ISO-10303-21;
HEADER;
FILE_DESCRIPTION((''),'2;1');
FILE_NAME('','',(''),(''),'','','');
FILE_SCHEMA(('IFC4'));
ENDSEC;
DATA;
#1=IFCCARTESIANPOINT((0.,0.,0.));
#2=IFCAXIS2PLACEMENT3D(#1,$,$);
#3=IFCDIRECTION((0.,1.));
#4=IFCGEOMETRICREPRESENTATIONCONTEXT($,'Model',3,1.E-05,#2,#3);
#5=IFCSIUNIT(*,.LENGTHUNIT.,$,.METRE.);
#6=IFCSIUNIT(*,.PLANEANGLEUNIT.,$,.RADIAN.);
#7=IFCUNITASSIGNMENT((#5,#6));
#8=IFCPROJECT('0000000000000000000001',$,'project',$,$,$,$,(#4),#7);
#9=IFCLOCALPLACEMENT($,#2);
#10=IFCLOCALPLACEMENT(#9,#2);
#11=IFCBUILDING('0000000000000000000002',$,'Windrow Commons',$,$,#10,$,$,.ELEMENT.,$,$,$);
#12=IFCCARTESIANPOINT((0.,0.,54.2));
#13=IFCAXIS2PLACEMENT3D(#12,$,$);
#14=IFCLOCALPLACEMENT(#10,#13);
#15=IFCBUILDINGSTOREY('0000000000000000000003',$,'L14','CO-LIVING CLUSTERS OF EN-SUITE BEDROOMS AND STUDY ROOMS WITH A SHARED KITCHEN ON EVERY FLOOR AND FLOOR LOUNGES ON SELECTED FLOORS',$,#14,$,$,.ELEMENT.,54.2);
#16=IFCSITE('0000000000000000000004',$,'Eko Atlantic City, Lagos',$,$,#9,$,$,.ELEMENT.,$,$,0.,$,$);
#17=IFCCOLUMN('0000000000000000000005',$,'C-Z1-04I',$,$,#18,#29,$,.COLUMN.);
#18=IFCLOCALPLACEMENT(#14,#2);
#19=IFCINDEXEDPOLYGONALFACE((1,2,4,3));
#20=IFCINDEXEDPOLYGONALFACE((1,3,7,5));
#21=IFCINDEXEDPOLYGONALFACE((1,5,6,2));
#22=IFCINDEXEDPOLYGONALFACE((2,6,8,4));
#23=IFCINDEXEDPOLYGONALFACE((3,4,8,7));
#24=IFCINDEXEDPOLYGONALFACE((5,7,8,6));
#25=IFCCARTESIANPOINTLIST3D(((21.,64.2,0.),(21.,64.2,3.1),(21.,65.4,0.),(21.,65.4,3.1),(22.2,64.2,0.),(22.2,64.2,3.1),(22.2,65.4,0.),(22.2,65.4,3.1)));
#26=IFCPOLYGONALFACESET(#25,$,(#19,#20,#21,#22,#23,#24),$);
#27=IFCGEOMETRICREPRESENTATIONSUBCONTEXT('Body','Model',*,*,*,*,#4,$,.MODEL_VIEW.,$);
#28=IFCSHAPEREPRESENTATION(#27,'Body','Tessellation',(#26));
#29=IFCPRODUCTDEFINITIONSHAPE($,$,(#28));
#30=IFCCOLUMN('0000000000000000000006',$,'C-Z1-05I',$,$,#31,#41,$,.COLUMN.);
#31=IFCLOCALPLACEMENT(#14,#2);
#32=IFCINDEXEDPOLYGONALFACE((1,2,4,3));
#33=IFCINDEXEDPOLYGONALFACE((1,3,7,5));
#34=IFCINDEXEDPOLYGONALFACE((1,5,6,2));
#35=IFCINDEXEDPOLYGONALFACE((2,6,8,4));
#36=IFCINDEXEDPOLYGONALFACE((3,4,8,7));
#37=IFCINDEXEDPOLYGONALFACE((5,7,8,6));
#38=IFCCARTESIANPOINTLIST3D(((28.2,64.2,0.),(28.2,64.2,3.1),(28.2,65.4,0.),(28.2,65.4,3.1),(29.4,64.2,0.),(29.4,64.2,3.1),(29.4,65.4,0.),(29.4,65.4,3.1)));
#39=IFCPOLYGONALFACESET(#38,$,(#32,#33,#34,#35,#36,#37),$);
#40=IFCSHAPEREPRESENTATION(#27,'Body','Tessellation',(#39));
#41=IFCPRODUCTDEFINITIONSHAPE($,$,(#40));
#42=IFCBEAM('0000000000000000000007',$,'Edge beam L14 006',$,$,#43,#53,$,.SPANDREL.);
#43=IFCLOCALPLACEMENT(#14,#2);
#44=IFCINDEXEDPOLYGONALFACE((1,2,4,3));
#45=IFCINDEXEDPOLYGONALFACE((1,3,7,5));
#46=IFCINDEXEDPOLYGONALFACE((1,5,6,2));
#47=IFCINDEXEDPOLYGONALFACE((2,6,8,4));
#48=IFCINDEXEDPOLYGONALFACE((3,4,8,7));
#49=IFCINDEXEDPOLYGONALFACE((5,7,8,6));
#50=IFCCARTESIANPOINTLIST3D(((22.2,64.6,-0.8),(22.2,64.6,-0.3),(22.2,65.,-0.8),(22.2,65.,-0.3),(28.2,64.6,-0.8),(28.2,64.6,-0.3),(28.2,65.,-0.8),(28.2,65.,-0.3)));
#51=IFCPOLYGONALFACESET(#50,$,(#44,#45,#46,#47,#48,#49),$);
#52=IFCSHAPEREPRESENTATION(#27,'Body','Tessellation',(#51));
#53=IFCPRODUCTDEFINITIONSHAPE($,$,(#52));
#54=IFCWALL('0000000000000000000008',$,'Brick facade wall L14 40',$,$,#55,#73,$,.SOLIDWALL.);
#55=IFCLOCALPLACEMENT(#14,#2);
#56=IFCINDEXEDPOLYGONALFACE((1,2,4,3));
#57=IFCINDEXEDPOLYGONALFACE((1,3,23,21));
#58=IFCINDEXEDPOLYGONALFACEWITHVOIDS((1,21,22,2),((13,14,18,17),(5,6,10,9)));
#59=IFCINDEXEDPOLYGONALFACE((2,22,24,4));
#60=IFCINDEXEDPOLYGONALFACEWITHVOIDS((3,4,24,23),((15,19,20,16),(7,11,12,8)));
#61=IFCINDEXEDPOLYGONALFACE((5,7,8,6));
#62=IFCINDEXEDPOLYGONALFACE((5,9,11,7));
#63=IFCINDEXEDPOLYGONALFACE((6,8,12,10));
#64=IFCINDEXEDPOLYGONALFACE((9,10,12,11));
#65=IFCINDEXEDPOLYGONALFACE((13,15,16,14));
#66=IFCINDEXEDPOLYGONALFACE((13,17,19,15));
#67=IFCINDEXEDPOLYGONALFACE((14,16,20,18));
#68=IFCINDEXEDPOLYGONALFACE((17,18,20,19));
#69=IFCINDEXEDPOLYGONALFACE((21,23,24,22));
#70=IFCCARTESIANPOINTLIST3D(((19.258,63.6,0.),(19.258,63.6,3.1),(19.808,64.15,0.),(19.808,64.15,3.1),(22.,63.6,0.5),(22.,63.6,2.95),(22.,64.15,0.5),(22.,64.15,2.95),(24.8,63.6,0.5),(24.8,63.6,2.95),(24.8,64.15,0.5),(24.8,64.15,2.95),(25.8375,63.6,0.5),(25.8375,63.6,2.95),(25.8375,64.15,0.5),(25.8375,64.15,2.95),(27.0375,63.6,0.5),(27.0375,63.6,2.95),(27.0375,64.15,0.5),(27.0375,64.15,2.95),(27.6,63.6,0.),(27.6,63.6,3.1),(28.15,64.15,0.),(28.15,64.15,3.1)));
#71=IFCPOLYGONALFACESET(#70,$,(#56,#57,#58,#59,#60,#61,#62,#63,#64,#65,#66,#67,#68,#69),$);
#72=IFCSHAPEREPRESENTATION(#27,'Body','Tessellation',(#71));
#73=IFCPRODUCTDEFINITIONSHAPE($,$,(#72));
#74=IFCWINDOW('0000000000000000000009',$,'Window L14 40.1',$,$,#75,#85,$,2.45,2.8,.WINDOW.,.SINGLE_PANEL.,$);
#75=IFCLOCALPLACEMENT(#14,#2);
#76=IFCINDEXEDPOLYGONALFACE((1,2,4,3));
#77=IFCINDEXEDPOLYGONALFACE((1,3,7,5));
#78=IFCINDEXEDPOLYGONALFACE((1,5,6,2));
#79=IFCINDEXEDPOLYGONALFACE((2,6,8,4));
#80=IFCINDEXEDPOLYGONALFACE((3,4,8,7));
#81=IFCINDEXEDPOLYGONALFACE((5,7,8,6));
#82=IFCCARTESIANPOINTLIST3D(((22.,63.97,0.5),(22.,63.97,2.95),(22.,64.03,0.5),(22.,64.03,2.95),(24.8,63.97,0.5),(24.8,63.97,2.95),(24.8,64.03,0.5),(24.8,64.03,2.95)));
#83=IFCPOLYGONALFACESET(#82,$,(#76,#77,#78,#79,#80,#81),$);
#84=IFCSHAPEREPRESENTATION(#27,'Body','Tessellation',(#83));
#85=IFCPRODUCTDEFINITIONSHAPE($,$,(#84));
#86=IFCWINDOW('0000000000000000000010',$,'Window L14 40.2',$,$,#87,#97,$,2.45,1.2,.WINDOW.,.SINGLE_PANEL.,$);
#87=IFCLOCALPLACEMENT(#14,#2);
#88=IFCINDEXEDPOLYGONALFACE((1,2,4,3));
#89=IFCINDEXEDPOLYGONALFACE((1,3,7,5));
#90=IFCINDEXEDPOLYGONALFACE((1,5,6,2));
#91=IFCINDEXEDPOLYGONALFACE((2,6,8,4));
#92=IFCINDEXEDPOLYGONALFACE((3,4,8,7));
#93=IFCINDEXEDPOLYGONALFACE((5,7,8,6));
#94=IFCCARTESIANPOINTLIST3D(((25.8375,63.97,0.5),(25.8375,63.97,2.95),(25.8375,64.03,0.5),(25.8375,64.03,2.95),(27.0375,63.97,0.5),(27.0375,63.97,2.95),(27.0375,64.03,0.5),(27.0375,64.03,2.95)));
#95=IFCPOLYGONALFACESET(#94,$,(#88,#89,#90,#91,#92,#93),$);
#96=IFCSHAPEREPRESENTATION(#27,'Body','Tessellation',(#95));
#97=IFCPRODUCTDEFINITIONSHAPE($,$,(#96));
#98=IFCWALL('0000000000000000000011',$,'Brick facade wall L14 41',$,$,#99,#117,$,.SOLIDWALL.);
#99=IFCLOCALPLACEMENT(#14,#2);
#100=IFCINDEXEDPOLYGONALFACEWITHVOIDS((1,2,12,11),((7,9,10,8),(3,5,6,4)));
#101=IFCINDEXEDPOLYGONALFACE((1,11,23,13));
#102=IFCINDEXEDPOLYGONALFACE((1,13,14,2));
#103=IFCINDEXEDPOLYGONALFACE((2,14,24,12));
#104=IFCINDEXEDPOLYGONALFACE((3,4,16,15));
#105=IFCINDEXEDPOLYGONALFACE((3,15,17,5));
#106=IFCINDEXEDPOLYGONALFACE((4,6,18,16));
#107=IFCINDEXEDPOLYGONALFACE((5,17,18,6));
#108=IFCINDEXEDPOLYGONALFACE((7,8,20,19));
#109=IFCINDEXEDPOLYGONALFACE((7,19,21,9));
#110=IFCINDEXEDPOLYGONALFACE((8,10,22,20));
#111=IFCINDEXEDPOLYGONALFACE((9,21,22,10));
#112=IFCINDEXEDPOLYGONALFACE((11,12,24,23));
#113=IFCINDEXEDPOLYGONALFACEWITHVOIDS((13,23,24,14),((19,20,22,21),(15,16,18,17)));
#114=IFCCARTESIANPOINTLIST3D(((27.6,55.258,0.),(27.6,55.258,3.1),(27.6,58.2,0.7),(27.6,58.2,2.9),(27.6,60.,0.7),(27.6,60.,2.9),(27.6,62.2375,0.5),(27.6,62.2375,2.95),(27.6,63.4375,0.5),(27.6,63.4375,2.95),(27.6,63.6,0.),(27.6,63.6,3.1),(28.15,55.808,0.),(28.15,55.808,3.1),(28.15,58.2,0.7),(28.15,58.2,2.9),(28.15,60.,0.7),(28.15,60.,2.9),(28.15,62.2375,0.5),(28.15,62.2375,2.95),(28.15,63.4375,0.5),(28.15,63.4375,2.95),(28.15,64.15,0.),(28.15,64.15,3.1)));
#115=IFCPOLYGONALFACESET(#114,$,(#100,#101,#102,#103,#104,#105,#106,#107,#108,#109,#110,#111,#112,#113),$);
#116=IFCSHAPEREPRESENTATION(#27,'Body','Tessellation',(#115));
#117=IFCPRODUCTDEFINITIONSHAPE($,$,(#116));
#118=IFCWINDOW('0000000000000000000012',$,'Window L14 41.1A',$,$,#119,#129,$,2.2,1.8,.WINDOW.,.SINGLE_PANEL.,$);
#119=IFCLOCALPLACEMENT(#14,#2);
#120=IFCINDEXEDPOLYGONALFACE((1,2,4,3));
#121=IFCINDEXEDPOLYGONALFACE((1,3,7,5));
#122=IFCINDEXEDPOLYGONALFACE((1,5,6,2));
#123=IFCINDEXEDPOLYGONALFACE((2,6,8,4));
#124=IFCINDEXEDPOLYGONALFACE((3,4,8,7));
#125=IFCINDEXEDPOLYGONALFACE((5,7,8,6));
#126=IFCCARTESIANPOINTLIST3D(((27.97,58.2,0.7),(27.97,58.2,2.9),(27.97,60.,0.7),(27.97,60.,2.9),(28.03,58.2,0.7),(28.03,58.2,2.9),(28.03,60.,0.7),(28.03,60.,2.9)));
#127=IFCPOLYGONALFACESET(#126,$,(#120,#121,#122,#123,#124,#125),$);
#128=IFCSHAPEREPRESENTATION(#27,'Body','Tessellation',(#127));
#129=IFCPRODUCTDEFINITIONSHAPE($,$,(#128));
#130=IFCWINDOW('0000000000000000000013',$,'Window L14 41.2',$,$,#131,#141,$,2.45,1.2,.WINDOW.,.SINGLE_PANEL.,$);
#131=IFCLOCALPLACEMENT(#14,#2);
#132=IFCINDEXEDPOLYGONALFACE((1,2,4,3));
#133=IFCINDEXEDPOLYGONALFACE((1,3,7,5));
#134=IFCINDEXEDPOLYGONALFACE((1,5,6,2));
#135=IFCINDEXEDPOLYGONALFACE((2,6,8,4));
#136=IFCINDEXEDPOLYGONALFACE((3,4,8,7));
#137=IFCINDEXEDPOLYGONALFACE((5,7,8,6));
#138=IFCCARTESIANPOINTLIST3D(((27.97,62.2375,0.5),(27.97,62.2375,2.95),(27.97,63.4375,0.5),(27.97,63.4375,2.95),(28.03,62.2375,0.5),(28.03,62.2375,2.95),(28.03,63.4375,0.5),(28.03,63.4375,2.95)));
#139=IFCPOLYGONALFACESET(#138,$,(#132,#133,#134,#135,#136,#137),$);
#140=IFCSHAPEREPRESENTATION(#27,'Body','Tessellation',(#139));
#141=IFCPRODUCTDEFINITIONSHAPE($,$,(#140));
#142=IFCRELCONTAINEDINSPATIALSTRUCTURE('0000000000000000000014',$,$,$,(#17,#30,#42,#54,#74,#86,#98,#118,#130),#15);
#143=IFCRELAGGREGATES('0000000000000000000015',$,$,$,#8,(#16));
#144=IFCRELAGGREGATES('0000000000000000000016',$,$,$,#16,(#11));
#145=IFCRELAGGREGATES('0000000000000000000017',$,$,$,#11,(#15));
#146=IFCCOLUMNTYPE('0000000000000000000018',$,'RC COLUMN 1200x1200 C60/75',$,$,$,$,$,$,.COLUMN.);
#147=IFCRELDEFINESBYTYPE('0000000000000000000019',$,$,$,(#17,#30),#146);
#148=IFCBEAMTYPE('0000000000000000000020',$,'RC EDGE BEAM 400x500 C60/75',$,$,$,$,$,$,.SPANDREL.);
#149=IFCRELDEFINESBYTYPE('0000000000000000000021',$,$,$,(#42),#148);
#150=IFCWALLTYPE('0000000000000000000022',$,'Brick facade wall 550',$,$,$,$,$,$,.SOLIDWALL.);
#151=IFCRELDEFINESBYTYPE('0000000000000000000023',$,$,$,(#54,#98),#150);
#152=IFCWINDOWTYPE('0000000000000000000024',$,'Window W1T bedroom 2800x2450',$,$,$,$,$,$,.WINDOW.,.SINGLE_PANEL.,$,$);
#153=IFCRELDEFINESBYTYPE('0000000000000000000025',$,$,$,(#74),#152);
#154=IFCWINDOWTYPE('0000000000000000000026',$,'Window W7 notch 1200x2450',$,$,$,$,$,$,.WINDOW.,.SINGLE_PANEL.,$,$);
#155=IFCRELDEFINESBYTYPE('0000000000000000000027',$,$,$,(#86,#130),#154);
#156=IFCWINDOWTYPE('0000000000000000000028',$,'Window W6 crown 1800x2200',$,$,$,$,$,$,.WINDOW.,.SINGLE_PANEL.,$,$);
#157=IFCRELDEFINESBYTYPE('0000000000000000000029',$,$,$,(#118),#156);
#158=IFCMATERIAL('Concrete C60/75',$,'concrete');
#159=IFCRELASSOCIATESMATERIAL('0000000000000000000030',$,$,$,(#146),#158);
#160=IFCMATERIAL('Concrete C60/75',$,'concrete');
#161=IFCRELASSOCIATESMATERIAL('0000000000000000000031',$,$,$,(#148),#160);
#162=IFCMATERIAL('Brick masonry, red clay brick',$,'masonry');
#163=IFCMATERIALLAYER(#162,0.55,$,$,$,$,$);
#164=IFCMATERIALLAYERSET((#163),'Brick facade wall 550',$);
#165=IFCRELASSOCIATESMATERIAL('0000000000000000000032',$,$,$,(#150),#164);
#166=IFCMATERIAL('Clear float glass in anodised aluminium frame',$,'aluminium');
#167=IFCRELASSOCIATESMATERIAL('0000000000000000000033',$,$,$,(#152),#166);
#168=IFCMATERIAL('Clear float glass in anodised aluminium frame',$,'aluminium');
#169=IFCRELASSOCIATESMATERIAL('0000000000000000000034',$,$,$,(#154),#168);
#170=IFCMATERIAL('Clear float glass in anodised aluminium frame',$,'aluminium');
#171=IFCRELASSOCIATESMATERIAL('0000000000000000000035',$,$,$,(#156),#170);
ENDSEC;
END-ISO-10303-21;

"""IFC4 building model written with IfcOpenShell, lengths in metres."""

from ifc_helpers import new_model, si_unit, direction, frame, frame_2d, origin, origin_2d, place, context, subcontext, project, spatial, polyline, rectangle, outline, extrude, material, layer, layer_set, material_profile, profile_set, type_object, element, fill, save


model = new_model("IFC4")

# Units and contexts
model_context = context("Model", 3, precision=1e-05, world=origin(), true_north=direction((0.0, 1.0)))
body_context = subcontext(model_context, "Body", "Model", "MODEL_VIEW")
ifc_project = project(units=[si_unit("LENGTHUNIT", "METRE"), si_unit("PLANEANGLEUNIT", "RADIAN")], contexts=[model_context])

# Site, building, storey
site_placement = place(None, origin())
site = spatial("IfcSite", under=ifc_project, at=site_placement, Name="Eko Atlantic City, Lagos", CompositionType="ELEMENT", RefElevation=0.0)
building_placement = place(site_placement, origin())
building = spatial("IfcBuilding", under=site, at=building_placement, Name="Windrow Commons", CompositionType="ELEMENT")
storey_placement = place(building_placement, frame((0.0, 0.0, 54.2)))
storey = spatial("IfcBuildingStorey", under=building, at=storey_placement, Name="L14", Description="CO-LIVING CLUSTERS OF EN-SUITE BEDROOMS AND STUDY ROOMS WITH A SHARED KITCHEN ON EVERY FLOOR AND FLOOR LOUNGES ON SELECTED FLOORS", CompositionType="ELEMENT", Elevation=54.2)

# Columns
ifc_material_1 = material(Name="Concrete C60/75", Category="concrete")
ifc_material_profile_1 = material_profile(ifc_material_1, rectangle(XDim=1.2, YDim=1.2, at=origin_2d()))
ifc_profile_set_1 = profile_set([ifc_material_profile_1], Name="Concrete C60/75")
column_type = type_object("IfcColumnType", Name="RC COLUMN 1200x1200 C60/75", PredefinedType="COLUMN", material=ifc_profile_set_1)
for number, where, z_axis, x_axis, name in (
    (1, (21.6, 64.8, 0.0), (0.0, 0.0, 1.0), (1.0, 0.0, 0.0), "C-Z1-04I"),
    (2, (28.8, 64.8, 0.0), (0.0, 0.0, 1.0), (1.0, 0.0, 0.0), "C-Z1-05I"),
):
    element("IfcColumn", number, at=place(storey_placement, frame(where, z_axis=z_axis, x_axis=x_axis)), inside=storey, type_object=column_type, Name=name, PredefinedType="COLUMN", context=body_context, shape_type="SweptSolid", body=[
        extrude(rectangle(XDim=1.2, YDim=1.2, at=origin_2d()), origin(), (0.0, 0.0, 1.0), 3.1),
    ])

# Beam
ifc_material_2 = material(Name="Concrete C60/75", Category="concrete")
ifc_material_profile_2 = material_profile(ifc_material_2, rectangle(XDim=0.4, YDim=0.5, at=origin_2d()))
ifc_profile_set_2 = profile_set([ifc_material_profile_2], Name="Concrete C60/75")
beam_type = type_object("IfcBeamType", Name="RC EDGE BEAM 400x500 C60/75", PredefinedType="SPANDREL", material=ifc_profile_set_2)
beam_placement = place(storey_placement, frame((28.2, 64.8, -0.55), z_axis=(-1.0, 0.0, 0.0), x_axis=(0.0, -1.0, 0.0)))
element("IfcBeam", 3, at=beam_placement, inside=storey, type_object=beam_type, Name="Edge beam L14 006", PredefinedType="SPANDREL", context=body_context, shape_type="SweptSolid", body=[
    extrude(rectangle(XDim=0.4, YDim=0.5, at=origin_2d()), origin(), (0.0, 0.0, 1.0), 6.0),
])

# Walls, openings, windows
ifc_material_3 = material(Name="Brick masonry, red clay brick", Category="masonry")
ifc_layer_1 = layer(ifc_material_3, 0.55)
ifc_layer_set_1 = layer_set([ifc_layer_1], Name="Brick facade wall 550")
wall_type_1 = type_object("IfcWallType", Name="Brick facade wall 550", PredefinedType="SOLIDWALL", material=ifc_layer_set_1)
wall_1_placement = place(storey_placement, frame((19.533, 63.875, 0.0), z_axis=(0.0, 0.0, 1.0), x_axis=(1.0, 0.0, 0.0)))
wall_1 = element("IfcWall", 4, at=wall_1_placement, inside=storey, type_object=wall_type_1, Name="Brick facade wall L14 40", PredefinedType="SOLIDWALL", context=body_context, shape_type="SweptSolid", body=[
    extrude(outline(polyline([(-0.275, -0.275), (8.067, -0.275), (8.617, 0.275), (0.275, 0.275), (-0.275, -0.275)])), origin(), (0.0, 0.0, 1.0), 3.1),
])
opening_1_placement = place(wall_1_placement, frame((2.467, 0.0, 0.5)))
opening_1 = element("IfcOpeningElement", 5, at=opening_1_placement, cuts=wall_1, PredefinedType="OPENING", context=body_context, shape_type="SweptSolid", body=[
    extrude(rectangle(XDim=2.8, YDim=2.45, at=frame_2d((1.4, 1.225))), frame((0.0, 0.285, 0.0), z_axis=(0.0, -1.0, 0.0), x_axis=(1.0, 0.0, 0.0)), (0.0, 0.0, 1.0), 0.57),
])
opening_2_placement = place(wall_1_placement, frame((6.3045, 0.0, 0.5)))
opening_2 = element("IfcOpeningElement", 6, at=opening_2_placement, cuts=wall_1, PredefinedType="OPENING", context=body_context, shape_type="SweptSolid", body=[
    extrude(rectangle(XDim=1.2, YDim=2.45, at=frame_2d((0.6, 1.225))), frame((0.0, 0.285, 0.0), z_axis=(0.0, -1.0, 0.0), x_axis=(1.0, 0.0, 0.0)), (0.0, 0.0, 1.0), 0.57),
])
ifc_material_4 = material(Name="Clear float glass in anodised aluminium frame", Category="aluminium")
window_type_1 = type_object("IfcWindowType", Name="Window W1T bedroom 2800x2450", PartitioningType="SINGLE_PANEL", PredefinedType="WINDOW", material=ifc_material_4)
window_1_placement = place(opening_1_placement, origin())
window_1 = element("IfcWindow", 7, at=window_1_placement, inside=storey, type_object=window_type_1, Name="Window L14 40.1", OverallHeight=2.45, OverallWidth=2.8, PartitioningType="SINGLE_PANEL", PredefinedType="WINDOW", context=body_context, shape_type="SweptSolid", body=[
    extrude(rectangle(XDim=2.8, YDim=2.45, at=frame_2d((1.4, 1.225))), frame((0.0, 0.155, 0.0), z_axis=(0.0, -1.0, 0.0), x_axis=(1.0, 0.0, 0.0)), (0.0, 0.0, 1.0), 0.06),
])
fill(opening_1, window_1)
ifc_material_5 = material(Name="Clear float glass in anodised aluminium frame", Category="aluminium")
window_type_2 = type_object("IfcWindowType", Name="Window W7 notch 1200x2450", PartitioningType="SINGLE_PANEL", PredefinedType="WINDOW", material=ifc_material_5)
window_2_placement = place(opening_2_placement, origin())
window_2 = element("IfcWindow", 8, at=window_2_placement, inside=storey, type_object=window_type_2, Name="Window L14 40.2", OverallHeight=2.45, OverallWidth=1.2, PartitioningType="SINGLE_PANEL", PredefinedType="WINDOW", context=body_context, shape_type="SweptSolid", body=[
    extrude(rectangle(XDim=1.2, YDim=2.45, at=frame_2d((0.6, 1.225))), frame((0.0, 0.155, 0.0), z_axis=(0.0, -1.0, 0.0), x_axis=(1.0, 0.0, 0.0)), (0.0, 0.0, 1.0), 0.06),
])
fill(opening_2, window_2)
wall_2_placement = place(storey_placement, frame((27.875, 63.875, 0.0), z_axis=(0.0, 0.0, 1.0), x_axis=(0.0, -1.0, 0.0)))
wall_2 = element("IfcWall", 9, at=wall_2_placement, inside=storey, type_object=wall_type_1, Name="Brick facade wall L14 41", PredefinedType="SOLIDWALL", context=body_context, shape_type="SweptSolid", body=[
    extrude(outline(polyline([(0.275, -0.275), (8.617, -0.275), (8.067, 0.275), (-0.275, 0.275), (0.275, -0.275)])), origin(), (0.0, 0.0, 1.0), 3.1),
])
opening_3_placement = place(wall_2_placement, frame((0.4375, 0.0, 0.5)))
opening_3 = element("IfcOpeningElement", 10, at=opening_3_placement, cuts=wall_2, PredefinedType="OPENING", context=body_context, shape_type="SweptSolid", body=[
    extrude(rectangle(XDim=1.2, YDim=2.45, at=frame_2d((0.6, 1.225))), frame((0.0, 0.285, 0.0), z_axis=(0.0, -1.0, 0.0), x_axis=(1.0, 0.0, 0.0)), (0.0, 0.0, 1.0), 0.57),
])
opening_4_placement = place(wall_2_placement, frame((3.875, 0.0, 0.7)))
opening_4 = element("IfcOpeningElement", 11, at=opening_4_placement, cuts=wall_2, PredefinedType="OPENING", context=body_context, shape_type="SweptSolid", body=[
    extrude(rectangle(XDim=1.8, YDim=2.2, at=frame_2d((0.9, 1.1))), frame((0.0, 0.285, 0.0), z_axis=(0.0, -1.0, 0.0), x_axis=(1.0, 0.0, 0.0)), (0.0, 0.0, 1.0), 0.57),
])
ifc_material_6 = material(Name="Clear float glass in anodised aluminium frame", Category="aluminium")
window_type_3 = type_object("IfcWindowType", Name="Window W6 crown 1800x2200", PartitioningType="SINGLE_PANEL", PredefinedType="WINDOW", material=ifc_material_6)
window_3_placement = place(opening_4_placement, origin())
window_3 = element("IfcWindow", 12, at=window_3_placement, inside=storey, type_object=window_type_3, Name="Window L14 41.1A", OverallHeight=2.2, OverallWidth=1.8, PartitioningType="SINGLE_PANEL", PredefinedType="WINDOW", context=body_context, shape_type="SweptSolid", body=[
    extrude(rectangle(XDim=1.8, YDim=2.2, at=frame_2d((0.9, 1.1))), frame((0.0, 0.155, 0.0), z_axis=(0.0, -1.0, 0.0), x_axis=(1.0, 0.0, 0.0)), (0.0, 0.0, 1.0), 0.06),
])
fill(opening_4, window_3)
window_4_placement = place(opening_3_placement, origin())
window_4 = element("IfcWindow", 13, at=window_4_placement, inside=storey, type_object=window_type_2, Name="Window L14 41.2", OverallHeight=2.45, OverallWidth=1.2, PartitioningType="SINGLE_PANEL", PredefinedType="WINDOW", context=body_context, shape_type="SweptSolid", body=[
    extrude(rectangle(XDim=1.2, YDim=2.45, at=frame_2d((0.6, 1.225))), frame((0.0, 0.155, 0.0), z_axis=(0.0, -1.0, 0.0), x_axis=(1.0, 0.0, 0.0)), (0.0, 0.0, 1.0), 0.06),
])
fill(opening_3, window_4)

save(model, "model.ifc")
